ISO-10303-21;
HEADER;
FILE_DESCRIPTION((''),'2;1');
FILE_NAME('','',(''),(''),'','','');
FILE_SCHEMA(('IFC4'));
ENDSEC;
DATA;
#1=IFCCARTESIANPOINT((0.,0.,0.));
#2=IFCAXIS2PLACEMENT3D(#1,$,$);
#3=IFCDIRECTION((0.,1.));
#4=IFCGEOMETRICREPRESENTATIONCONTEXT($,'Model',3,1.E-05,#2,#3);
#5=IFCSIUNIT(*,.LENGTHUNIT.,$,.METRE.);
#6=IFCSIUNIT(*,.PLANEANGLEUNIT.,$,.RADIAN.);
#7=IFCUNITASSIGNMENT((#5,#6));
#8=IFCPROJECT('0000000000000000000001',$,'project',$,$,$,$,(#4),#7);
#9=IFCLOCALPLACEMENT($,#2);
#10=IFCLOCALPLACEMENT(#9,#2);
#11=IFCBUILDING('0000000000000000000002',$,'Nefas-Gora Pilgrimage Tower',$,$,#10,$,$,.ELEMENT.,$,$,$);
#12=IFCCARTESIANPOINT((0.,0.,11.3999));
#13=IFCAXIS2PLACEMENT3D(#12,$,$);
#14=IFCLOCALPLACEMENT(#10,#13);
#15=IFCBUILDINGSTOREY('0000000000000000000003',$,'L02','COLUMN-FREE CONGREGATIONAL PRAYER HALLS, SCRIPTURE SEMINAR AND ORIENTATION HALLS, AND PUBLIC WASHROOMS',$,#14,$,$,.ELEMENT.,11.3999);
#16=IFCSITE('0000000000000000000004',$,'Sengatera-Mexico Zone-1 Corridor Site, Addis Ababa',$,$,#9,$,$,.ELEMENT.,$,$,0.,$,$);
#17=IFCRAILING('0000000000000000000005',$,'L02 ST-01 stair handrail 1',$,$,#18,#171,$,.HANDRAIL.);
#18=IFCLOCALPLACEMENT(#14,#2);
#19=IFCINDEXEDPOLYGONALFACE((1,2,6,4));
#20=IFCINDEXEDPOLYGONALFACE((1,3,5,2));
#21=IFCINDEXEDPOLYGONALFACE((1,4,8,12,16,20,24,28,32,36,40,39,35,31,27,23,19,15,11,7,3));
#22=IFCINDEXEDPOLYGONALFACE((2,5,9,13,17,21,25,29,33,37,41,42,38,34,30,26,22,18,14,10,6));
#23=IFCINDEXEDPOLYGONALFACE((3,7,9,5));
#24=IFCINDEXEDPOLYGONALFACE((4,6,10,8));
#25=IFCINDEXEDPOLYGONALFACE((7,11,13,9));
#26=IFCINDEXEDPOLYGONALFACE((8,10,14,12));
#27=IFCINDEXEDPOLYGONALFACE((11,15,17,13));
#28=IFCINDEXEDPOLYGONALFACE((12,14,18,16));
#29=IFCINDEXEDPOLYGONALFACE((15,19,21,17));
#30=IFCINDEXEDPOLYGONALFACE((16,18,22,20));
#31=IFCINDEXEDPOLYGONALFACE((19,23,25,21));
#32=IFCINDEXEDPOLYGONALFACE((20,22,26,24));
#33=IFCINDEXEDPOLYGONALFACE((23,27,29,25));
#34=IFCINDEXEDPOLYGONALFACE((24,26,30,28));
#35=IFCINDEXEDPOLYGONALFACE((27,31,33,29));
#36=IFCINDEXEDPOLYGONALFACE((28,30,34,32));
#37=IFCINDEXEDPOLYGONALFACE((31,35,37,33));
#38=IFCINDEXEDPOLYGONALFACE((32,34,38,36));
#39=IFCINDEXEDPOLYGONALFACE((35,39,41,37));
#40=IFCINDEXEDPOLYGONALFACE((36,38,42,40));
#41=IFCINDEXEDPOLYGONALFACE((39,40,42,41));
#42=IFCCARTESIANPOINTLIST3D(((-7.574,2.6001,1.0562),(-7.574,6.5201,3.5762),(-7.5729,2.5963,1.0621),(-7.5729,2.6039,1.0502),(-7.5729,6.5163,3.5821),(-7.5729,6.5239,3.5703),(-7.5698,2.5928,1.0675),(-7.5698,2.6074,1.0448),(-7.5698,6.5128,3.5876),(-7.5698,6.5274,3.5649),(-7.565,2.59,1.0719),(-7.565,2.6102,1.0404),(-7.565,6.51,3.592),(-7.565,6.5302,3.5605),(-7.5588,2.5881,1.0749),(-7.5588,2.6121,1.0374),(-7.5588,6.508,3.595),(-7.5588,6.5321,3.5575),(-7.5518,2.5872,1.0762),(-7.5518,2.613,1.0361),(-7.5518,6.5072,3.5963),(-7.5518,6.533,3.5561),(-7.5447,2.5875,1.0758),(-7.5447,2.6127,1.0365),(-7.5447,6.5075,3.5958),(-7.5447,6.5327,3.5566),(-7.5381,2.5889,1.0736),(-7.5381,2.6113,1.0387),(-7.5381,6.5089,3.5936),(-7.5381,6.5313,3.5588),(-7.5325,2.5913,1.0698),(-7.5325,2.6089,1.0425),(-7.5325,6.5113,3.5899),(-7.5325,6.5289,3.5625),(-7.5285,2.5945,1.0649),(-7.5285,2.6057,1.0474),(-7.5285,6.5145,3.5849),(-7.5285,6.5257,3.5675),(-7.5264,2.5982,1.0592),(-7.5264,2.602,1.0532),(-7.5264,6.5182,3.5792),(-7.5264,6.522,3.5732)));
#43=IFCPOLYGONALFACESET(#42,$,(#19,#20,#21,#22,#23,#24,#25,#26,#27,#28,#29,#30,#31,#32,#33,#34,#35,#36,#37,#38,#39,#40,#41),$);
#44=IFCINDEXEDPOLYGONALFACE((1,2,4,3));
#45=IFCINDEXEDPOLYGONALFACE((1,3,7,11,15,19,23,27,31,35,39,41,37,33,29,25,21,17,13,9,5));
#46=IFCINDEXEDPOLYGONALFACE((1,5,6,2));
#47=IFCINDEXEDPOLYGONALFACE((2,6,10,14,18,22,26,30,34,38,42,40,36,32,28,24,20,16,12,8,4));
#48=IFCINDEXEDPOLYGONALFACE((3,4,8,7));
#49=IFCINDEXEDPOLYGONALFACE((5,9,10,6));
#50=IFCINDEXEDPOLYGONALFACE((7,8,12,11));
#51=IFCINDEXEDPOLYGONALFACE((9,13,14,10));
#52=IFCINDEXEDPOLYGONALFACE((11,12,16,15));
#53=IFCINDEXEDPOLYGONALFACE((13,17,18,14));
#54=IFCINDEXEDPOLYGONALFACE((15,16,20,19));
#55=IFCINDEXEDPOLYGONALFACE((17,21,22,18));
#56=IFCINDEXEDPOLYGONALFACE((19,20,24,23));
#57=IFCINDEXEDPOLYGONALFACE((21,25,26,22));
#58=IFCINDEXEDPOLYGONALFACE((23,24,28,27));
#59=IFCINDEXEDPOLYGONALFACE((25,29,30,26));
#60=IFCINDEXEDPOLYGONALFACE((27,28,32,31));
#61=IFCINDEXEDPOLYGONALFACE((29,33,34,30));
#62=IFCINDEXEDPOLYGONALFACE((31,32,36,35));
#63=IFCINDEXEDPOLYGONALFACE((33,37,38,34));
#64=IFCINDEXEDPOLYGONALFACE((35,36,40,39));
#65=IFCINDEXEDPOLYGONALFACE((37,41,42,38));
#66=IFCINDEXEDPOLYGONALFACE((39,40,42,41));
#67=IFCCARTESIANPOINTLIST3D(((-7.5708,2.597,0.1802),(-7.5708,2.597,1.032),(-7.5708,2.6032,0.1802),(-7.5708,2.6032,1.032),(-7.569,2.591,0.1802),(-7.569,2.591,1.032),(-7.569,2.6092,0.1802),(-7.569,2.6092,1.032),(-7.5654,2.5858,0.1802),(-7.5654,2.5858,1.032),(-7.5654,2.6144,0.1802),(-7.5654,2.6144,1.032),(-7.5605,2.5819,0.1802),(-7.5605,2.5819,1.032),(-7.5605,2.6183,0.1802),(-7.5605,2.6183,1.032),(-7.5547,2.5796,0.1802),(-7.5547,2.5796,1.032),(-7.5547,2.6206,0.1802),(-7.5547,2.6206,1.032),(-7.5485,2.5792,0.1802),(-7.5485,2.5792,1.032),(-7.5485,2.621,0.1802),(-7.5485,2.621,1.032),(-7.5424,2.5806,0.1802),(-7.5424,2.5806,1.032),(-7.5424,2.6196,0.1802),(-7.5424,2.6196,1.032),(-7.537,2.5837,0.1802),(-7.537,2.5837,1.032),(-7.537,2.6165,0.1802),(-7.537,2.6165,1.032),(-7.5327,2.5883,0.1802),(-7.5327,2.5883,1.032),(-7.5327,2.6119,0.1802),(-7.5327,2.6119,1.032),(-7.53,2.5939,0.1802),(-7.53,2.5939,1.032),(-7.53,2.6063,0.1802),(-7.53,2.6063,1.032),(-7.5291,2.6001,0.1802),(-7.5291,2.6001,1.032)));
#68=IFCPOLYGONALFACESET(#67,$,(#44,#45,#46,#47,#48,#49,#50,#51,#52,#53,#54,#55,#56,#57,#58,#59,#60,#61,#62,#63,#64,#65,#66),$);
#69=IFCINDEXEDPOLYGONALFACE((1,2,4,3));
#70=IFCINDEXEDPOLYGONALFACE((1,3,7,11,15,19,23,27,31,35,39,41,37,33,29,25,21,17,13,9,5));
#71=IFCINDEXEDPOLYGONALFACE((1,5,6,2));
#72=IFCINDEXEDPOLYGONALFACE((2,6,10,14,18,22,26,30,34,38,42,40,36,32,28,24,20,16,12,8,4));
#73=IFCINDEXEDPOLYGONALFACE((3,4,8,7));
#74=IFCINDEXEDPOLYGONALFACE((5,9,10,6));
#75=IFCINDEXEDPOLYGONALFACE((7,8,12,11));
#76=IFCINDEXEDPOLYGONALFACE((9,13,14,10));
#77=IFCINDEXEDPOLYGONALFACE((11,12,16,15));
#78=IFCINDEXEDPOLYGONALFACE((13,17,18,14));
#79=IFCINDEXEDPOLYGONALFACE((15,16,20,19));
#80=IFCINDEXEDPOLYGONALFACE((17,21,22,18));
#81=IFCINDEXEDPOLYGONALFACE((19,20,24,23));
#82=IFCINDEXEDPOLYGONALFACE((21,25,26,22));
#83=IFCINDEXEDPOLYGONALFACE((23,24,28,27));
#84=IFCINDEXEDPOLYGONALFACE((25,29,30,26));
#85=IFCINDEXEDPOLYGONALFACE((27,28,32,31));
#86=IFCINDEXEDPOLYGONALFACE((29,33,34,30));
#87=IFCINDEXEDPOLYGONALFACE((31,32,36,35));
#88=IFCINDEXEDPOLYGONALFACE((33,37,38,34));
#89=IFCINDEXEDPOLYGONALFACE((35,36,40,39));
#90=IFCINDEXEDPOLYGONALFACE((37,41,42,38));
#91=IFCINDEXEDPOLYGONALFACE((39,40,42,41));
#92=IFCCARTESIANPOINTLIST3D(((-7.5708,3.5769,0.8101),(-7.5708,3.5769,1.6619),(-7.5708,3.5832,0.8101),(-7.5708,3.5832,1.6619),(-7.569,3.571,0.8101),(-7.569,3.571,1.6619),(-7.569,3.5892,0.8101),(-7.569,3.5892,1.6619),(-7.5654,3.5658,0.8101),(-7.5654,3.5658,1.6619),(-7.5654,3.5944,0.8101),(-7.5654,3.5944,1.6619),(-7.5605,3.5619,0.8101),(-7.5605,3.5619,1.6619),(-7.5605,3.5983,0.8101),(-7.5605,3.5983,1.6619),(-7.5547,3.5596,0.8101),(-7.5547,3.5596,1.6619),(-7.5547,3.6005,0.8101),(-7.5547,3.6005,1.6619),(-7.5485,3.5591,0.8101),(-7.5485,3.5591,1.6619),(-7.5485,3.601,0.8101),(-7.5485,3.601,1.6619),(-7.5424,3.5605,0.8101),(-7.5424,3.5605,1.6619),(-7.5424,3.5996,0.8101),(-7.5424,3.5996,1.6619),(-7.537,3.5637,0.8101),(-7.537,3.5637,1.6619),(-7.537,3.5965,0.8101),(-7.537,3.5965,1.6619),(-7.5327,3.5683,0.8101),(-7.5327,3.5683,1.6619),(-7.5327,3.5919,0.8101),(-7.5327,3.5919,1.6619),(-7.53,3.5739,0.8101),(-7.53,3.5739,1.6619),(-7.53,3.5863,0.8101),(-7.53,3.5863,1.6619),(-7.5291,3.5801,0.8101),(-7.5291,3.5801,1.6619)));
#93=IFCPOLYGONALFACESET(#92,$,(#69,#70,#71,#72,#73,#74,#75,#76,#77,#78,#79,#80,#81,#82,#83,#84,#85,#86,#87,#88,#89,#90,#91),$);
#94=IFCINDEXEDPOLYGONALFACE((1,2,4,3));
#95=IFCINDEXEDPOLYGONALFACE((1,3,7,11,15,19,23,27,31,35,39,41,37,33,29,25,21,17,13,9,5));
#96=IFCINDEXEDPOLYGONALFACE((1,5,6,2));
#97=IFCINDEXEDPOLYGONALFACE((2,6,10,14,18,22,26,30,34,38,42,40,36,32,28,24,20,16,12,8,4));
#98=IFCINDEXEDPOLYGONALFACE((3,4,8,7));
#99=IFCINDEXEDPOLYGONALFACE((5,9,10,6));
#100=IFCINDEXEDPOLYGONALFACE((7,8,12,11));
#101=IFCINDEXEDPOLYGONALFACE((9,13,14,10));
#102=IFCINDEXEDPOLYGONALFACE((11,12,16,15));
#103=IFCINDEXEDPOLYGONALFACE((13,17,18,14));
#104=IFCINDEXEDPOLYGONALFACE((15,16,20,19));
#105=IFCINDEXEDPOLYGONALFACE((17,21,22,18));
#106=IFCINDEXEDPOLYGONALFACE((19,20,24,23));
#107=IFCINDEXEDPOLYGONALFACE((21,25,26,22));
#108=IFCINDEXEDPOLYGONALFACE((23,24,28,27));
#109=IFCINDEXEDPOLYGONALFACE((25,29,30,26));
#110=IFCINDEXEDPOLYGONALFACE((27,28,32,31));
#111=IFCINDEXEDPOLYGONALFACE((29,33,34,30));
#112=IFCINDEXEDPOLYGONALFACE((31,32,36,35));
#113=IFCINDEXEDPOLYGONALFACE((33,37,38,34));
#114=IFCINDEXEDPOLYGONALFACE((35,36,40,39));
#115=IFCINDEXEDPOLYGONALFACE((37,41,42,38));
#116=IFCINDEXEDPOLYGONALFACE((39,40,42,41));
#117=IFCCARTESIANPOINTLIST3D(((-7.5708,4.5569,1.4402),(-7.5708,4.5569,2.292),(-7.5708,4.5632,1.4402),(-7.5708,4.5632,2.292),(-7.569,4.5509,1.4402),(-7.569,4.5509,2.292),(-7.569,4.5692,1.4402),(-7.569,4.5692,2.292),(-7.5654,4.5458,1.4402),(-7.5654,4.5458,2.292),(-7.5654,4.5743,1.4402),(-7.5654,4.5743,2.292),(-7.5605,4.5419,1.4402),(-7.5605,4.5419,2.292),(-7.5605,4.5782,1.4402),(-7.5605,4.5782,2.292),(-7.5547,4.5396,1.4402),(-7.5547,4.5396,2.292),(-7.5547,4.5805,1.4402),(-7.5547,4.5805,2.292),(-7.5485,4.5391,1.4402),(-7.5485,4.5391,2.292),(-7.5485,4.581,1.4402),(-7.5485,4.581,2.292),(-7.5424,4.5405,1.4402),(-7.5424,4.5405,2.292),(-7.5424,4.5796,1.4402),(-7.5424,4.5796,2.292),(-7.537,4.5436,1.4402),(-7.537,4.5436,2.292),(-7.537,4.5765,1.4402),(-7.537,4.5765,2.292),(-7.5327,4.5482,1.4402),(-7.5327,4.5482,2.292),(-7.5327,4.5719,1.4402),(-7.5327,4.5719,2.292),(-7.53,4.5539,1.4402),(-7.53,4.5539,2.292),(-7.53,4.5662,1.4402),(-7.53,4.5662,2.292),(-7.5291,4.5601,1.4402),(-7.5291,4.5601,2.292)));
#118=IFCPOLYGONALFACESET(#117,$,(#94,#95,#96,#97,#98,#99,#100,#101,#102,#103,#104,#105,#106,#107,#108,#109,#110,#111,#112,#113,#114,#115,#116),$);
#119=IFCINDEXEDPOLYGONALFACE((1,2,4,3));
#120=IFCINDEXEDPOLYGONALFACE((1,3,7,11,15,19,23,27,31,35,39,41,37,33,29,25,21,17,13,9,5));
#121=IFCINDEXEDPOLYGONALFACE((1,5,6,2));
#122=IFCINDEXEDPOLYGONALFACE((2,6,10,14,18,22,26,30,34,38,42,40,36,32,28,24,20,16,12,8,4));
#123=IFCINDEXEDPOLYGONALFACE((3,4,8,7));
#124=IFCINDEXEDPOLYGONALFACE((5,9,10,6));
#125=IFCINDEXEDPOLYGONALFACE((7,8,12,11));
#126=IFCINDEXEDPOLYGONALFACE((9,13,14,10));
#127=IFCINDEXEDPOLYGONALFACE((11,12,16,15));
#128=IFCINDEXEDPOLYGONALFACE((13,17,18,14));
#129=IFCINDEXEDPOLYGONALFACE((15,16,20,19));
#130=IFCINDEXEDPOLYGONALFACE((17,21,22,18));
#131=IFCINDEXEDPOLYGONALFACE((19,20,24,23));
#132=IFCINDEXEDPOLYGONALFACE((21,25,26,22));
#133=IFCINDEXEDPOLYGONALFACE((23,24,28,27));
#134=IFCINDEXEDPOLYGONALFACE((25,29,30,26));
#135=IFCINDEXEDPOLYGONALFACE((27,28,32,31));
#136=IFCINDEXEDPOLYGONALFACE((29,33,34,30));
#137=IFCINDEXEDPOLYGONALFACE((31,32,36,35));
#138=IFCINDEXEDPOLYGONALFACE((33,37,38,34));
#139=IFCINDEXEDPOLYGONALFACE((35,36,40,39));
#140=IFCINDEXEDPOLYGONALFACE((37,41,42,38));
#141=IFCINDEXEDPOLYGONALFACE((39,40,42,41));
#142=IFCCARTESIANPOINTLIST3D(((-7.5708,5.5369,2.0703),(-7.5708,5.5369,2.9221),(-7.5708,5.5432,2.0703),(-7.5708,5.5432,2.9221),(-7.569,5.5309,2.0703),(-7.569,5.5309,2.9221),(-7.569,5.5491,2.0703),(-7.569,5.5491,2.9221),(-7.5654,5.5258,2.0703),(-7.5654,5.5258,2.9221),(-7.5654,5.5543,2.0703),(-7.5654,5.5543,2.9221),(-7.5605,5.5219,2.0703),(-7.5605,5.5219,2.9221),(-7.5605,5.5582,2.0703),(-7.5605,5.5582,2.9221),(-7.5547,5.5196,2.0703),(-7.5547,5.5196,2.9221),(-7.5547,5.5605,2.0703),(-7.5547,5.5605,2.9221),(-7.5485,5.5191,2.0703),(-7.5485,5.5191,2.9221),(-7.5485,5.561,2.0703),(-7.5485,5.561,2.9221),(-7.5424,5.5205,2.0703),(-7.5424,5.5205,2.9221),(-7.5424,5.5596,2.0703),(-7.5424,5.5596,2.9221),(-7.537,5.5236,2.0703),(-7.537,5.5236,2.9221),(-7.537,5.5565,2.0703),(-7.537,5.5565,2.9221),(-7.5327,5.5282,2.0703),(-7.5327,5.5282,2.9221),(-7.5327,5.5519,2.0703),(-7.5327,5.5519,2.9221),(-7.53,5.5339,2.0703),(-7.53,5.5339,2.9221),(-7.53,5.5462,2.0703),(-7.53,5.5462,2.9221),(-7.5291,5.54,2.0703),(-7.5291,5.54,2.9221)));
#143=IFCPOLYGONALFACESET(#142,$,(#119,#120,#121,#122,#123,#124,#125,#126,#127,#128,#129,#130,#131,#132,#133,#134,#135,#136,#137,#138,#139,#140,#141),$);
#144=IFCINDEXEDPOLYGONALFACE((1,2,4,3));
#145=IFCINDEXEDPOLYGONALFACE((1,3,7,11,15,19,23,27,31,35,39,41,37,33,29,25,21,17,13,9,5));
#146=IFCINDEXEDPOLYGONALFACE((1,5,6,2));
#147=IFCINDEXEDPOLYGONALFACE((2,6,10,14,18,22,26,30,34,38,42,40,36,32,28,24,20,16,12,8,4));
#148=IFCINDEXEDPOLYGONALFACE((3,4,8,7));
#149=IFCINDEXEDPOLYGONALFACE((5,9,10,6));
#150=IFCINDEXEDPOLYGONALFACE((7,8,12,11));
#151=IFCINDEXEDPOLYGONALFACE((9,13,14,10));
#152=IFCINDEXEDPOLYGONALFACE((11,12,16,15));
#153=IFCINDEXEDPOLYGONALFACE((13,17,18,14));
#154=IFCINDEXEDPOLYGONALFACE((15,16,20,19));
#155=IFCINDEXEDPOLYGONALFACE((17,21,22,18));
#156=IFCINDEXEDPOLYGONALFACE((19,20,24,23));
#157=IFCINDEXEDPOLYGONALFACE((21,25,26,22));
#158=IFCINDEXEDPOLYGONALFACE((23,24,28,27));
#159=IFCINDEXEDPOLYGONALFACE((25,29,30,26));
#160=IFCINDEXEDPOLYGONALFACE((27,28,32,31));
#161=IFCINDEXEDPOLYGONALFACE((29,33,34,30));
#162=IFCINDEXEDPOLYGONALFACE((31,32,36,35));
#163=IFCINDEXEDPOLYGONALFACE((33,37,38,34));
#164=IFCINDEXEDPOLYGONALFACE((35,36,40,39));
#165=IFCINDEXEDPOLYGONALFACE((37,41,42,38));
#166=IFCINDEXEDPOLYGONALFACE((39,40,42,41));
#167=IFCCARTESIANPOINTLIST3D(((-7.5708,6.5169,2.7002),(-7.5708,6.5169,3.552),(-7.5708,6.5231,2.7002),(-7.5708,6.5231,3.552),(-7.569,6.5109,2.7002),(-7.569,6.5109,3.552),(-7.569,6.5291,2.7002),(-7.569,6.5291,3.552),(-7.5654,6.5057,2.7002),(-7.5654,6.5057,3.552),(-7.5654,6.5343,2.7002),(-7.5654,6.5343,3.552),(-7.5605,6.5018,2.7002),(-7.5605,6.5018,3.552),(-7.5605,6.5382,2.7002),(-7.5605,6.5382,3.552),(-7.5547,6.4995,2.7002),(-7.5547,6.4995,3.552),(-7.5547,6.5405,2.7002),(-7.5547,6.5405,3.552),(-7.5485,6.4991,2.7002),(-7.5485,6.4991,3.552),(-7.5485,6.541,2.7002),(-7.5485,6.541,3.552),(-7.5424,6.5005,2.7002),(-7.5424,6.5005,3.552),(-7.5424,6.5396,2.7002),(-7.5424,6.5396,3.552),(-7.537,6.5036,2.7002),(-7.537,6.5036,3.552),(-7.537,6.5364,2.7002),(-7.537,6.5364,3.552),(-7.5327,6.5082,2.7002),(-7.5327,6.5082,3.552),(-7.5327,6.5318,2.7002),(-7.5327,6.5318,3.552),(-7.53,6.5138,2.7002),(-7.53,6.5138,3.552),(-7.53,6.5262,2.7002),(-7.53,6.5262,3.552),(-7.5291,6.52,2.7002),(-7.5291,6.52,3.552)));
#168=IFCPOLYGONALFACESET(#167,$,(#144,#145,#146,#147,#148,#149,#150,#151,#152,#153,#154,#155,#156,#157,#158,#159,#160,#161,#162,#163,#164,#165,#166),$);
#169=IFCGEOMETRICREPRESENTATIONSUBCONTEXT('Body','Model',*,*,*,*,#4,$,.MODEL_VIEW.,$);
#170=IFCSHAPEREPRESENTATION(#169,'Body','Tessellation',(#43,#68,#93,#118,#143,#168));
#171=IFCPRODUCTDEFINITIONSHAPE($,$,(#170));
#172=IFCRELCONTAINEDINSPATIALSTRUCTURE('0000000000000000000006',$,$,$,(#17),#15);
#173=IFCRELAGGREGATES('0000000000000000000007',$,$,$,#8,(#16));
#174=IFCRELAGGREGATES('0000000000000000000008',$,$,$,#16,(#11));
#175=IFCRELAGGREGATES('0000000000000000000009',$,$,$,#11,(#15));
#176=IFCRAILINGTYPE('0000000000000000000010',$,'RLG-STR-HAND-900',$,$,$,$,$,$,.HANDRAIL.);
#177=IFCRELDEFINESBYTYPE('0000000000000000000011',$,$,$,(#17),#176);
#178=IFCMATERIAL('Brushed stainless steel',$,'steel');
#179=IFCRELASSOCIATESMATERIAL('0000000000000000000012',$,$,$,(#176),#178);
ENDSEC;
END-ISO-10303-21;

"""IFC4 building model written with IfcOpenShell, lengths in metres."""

from ifc_helpers import new_model, si_unit, direction, frame, origin, origin_2d, place, context, subcontext, project, spatial, circle, extrude, material, type_object, element, save


model = new_model("IFC4")

# Units and contexts
model_context = context("Model", 3, precision=1e-05, world=origin(), true_north=direction((0.0, 1.0)))
body_context = subcontext(model_context, "Body", "Model", "MODEL_VIEW")
ifc_project = project(units=[si_unit("LENGTHUNIT", "METRE"), si_unit("PLANEANGLEUNIT", "RADIAN")], contexts=[model_context])

# Site, building, storey
site_placement = place(None, origin())
site = spatial("IfcSite", under=ifc_project, at=site_placement, Name="Sengatera-Mexico Zone-1 Corridor Site, Addis Ababa", CompositionType="ELEMENT", RefElevation=0.0)
building_placement = place(site_placement, origin())
building = spatial("IfcBuilding", under=site, at=building_placement, Name="Nefas-Gora Pilgrimage Tower", CompositionType="ELEMENT")
storey_placement = place(building_placement, frame((0.0, 0.0, 11.3999)))
storey = spatial("IfcBuildingStorey", under=building, at=storey_placement, Name="L02", Description="COLUMN-FREE CONGREGATIONAL PRAYER HALLS, SCRIPTURE SEMINAR AND ORIENTATION HALLS, AND PUBLIC WASHROOMS", CompositionType="ELEMENT", Elevation=11.3999)

# Railing
ifc_material_1 = material(Name="Brushed stainless steel", Category="steel")
railing_type_1 = type_object("IfcRailingType", Name="RLG-STR-HAND-900", PredefinedType="HANDRAIL", material=ifc_material_1)
railing_1_placement = place(storey_placement, frame((-7.55, 2.6001, 0.1802)))
element("IfcRailing", 1, at=railing_1_placement, inside=storey, type_object=railing_type_1, Name="L02 ST-01 stair handrail 1", PredefinedType="HANDRAIL", context=body_context, shape_type="SweptSolid", body=[
    extrude(circle(Radius=0.0239, at=origin_2d()), frame((0.0, 0.0, 0.876), z_axis=(0.0, 0.841172, 0.540768), x_axis=(-1.0, 0.0, 0.0)), (0.0, 0.0, 1.0), 4.6602),
    extrude(circle(Radius=0.021, at=origin_2d()), origin(), (0.0, 0.0, 1.0), 0.8518),
    extrude(circle(Radius=0.021, at=origin_2d()), frame((0.0, 0.98, 0.6299)), (0.0, 0.0, 1.0), 0.8518),
    extrude(circle(Radius=0.021, at=origin_2d()), frame((0.0, 1.96, 1.26)), (0.0, 0.0, 1.0), 0.8518),
    extrude(circle(Radius=0.021, at=origin_2d()), frame((0.0, 2.9399, 1.8901)), (0.0, 0.0, 1.0), 0.8518),
    extrude(circle(Radius=0.021, at=origin_2d()), frame((0.0, 3.9199, 2.52)), (0.0, 0.0, 1.0), 0.8518),
])

save(model, "model.ifc")
